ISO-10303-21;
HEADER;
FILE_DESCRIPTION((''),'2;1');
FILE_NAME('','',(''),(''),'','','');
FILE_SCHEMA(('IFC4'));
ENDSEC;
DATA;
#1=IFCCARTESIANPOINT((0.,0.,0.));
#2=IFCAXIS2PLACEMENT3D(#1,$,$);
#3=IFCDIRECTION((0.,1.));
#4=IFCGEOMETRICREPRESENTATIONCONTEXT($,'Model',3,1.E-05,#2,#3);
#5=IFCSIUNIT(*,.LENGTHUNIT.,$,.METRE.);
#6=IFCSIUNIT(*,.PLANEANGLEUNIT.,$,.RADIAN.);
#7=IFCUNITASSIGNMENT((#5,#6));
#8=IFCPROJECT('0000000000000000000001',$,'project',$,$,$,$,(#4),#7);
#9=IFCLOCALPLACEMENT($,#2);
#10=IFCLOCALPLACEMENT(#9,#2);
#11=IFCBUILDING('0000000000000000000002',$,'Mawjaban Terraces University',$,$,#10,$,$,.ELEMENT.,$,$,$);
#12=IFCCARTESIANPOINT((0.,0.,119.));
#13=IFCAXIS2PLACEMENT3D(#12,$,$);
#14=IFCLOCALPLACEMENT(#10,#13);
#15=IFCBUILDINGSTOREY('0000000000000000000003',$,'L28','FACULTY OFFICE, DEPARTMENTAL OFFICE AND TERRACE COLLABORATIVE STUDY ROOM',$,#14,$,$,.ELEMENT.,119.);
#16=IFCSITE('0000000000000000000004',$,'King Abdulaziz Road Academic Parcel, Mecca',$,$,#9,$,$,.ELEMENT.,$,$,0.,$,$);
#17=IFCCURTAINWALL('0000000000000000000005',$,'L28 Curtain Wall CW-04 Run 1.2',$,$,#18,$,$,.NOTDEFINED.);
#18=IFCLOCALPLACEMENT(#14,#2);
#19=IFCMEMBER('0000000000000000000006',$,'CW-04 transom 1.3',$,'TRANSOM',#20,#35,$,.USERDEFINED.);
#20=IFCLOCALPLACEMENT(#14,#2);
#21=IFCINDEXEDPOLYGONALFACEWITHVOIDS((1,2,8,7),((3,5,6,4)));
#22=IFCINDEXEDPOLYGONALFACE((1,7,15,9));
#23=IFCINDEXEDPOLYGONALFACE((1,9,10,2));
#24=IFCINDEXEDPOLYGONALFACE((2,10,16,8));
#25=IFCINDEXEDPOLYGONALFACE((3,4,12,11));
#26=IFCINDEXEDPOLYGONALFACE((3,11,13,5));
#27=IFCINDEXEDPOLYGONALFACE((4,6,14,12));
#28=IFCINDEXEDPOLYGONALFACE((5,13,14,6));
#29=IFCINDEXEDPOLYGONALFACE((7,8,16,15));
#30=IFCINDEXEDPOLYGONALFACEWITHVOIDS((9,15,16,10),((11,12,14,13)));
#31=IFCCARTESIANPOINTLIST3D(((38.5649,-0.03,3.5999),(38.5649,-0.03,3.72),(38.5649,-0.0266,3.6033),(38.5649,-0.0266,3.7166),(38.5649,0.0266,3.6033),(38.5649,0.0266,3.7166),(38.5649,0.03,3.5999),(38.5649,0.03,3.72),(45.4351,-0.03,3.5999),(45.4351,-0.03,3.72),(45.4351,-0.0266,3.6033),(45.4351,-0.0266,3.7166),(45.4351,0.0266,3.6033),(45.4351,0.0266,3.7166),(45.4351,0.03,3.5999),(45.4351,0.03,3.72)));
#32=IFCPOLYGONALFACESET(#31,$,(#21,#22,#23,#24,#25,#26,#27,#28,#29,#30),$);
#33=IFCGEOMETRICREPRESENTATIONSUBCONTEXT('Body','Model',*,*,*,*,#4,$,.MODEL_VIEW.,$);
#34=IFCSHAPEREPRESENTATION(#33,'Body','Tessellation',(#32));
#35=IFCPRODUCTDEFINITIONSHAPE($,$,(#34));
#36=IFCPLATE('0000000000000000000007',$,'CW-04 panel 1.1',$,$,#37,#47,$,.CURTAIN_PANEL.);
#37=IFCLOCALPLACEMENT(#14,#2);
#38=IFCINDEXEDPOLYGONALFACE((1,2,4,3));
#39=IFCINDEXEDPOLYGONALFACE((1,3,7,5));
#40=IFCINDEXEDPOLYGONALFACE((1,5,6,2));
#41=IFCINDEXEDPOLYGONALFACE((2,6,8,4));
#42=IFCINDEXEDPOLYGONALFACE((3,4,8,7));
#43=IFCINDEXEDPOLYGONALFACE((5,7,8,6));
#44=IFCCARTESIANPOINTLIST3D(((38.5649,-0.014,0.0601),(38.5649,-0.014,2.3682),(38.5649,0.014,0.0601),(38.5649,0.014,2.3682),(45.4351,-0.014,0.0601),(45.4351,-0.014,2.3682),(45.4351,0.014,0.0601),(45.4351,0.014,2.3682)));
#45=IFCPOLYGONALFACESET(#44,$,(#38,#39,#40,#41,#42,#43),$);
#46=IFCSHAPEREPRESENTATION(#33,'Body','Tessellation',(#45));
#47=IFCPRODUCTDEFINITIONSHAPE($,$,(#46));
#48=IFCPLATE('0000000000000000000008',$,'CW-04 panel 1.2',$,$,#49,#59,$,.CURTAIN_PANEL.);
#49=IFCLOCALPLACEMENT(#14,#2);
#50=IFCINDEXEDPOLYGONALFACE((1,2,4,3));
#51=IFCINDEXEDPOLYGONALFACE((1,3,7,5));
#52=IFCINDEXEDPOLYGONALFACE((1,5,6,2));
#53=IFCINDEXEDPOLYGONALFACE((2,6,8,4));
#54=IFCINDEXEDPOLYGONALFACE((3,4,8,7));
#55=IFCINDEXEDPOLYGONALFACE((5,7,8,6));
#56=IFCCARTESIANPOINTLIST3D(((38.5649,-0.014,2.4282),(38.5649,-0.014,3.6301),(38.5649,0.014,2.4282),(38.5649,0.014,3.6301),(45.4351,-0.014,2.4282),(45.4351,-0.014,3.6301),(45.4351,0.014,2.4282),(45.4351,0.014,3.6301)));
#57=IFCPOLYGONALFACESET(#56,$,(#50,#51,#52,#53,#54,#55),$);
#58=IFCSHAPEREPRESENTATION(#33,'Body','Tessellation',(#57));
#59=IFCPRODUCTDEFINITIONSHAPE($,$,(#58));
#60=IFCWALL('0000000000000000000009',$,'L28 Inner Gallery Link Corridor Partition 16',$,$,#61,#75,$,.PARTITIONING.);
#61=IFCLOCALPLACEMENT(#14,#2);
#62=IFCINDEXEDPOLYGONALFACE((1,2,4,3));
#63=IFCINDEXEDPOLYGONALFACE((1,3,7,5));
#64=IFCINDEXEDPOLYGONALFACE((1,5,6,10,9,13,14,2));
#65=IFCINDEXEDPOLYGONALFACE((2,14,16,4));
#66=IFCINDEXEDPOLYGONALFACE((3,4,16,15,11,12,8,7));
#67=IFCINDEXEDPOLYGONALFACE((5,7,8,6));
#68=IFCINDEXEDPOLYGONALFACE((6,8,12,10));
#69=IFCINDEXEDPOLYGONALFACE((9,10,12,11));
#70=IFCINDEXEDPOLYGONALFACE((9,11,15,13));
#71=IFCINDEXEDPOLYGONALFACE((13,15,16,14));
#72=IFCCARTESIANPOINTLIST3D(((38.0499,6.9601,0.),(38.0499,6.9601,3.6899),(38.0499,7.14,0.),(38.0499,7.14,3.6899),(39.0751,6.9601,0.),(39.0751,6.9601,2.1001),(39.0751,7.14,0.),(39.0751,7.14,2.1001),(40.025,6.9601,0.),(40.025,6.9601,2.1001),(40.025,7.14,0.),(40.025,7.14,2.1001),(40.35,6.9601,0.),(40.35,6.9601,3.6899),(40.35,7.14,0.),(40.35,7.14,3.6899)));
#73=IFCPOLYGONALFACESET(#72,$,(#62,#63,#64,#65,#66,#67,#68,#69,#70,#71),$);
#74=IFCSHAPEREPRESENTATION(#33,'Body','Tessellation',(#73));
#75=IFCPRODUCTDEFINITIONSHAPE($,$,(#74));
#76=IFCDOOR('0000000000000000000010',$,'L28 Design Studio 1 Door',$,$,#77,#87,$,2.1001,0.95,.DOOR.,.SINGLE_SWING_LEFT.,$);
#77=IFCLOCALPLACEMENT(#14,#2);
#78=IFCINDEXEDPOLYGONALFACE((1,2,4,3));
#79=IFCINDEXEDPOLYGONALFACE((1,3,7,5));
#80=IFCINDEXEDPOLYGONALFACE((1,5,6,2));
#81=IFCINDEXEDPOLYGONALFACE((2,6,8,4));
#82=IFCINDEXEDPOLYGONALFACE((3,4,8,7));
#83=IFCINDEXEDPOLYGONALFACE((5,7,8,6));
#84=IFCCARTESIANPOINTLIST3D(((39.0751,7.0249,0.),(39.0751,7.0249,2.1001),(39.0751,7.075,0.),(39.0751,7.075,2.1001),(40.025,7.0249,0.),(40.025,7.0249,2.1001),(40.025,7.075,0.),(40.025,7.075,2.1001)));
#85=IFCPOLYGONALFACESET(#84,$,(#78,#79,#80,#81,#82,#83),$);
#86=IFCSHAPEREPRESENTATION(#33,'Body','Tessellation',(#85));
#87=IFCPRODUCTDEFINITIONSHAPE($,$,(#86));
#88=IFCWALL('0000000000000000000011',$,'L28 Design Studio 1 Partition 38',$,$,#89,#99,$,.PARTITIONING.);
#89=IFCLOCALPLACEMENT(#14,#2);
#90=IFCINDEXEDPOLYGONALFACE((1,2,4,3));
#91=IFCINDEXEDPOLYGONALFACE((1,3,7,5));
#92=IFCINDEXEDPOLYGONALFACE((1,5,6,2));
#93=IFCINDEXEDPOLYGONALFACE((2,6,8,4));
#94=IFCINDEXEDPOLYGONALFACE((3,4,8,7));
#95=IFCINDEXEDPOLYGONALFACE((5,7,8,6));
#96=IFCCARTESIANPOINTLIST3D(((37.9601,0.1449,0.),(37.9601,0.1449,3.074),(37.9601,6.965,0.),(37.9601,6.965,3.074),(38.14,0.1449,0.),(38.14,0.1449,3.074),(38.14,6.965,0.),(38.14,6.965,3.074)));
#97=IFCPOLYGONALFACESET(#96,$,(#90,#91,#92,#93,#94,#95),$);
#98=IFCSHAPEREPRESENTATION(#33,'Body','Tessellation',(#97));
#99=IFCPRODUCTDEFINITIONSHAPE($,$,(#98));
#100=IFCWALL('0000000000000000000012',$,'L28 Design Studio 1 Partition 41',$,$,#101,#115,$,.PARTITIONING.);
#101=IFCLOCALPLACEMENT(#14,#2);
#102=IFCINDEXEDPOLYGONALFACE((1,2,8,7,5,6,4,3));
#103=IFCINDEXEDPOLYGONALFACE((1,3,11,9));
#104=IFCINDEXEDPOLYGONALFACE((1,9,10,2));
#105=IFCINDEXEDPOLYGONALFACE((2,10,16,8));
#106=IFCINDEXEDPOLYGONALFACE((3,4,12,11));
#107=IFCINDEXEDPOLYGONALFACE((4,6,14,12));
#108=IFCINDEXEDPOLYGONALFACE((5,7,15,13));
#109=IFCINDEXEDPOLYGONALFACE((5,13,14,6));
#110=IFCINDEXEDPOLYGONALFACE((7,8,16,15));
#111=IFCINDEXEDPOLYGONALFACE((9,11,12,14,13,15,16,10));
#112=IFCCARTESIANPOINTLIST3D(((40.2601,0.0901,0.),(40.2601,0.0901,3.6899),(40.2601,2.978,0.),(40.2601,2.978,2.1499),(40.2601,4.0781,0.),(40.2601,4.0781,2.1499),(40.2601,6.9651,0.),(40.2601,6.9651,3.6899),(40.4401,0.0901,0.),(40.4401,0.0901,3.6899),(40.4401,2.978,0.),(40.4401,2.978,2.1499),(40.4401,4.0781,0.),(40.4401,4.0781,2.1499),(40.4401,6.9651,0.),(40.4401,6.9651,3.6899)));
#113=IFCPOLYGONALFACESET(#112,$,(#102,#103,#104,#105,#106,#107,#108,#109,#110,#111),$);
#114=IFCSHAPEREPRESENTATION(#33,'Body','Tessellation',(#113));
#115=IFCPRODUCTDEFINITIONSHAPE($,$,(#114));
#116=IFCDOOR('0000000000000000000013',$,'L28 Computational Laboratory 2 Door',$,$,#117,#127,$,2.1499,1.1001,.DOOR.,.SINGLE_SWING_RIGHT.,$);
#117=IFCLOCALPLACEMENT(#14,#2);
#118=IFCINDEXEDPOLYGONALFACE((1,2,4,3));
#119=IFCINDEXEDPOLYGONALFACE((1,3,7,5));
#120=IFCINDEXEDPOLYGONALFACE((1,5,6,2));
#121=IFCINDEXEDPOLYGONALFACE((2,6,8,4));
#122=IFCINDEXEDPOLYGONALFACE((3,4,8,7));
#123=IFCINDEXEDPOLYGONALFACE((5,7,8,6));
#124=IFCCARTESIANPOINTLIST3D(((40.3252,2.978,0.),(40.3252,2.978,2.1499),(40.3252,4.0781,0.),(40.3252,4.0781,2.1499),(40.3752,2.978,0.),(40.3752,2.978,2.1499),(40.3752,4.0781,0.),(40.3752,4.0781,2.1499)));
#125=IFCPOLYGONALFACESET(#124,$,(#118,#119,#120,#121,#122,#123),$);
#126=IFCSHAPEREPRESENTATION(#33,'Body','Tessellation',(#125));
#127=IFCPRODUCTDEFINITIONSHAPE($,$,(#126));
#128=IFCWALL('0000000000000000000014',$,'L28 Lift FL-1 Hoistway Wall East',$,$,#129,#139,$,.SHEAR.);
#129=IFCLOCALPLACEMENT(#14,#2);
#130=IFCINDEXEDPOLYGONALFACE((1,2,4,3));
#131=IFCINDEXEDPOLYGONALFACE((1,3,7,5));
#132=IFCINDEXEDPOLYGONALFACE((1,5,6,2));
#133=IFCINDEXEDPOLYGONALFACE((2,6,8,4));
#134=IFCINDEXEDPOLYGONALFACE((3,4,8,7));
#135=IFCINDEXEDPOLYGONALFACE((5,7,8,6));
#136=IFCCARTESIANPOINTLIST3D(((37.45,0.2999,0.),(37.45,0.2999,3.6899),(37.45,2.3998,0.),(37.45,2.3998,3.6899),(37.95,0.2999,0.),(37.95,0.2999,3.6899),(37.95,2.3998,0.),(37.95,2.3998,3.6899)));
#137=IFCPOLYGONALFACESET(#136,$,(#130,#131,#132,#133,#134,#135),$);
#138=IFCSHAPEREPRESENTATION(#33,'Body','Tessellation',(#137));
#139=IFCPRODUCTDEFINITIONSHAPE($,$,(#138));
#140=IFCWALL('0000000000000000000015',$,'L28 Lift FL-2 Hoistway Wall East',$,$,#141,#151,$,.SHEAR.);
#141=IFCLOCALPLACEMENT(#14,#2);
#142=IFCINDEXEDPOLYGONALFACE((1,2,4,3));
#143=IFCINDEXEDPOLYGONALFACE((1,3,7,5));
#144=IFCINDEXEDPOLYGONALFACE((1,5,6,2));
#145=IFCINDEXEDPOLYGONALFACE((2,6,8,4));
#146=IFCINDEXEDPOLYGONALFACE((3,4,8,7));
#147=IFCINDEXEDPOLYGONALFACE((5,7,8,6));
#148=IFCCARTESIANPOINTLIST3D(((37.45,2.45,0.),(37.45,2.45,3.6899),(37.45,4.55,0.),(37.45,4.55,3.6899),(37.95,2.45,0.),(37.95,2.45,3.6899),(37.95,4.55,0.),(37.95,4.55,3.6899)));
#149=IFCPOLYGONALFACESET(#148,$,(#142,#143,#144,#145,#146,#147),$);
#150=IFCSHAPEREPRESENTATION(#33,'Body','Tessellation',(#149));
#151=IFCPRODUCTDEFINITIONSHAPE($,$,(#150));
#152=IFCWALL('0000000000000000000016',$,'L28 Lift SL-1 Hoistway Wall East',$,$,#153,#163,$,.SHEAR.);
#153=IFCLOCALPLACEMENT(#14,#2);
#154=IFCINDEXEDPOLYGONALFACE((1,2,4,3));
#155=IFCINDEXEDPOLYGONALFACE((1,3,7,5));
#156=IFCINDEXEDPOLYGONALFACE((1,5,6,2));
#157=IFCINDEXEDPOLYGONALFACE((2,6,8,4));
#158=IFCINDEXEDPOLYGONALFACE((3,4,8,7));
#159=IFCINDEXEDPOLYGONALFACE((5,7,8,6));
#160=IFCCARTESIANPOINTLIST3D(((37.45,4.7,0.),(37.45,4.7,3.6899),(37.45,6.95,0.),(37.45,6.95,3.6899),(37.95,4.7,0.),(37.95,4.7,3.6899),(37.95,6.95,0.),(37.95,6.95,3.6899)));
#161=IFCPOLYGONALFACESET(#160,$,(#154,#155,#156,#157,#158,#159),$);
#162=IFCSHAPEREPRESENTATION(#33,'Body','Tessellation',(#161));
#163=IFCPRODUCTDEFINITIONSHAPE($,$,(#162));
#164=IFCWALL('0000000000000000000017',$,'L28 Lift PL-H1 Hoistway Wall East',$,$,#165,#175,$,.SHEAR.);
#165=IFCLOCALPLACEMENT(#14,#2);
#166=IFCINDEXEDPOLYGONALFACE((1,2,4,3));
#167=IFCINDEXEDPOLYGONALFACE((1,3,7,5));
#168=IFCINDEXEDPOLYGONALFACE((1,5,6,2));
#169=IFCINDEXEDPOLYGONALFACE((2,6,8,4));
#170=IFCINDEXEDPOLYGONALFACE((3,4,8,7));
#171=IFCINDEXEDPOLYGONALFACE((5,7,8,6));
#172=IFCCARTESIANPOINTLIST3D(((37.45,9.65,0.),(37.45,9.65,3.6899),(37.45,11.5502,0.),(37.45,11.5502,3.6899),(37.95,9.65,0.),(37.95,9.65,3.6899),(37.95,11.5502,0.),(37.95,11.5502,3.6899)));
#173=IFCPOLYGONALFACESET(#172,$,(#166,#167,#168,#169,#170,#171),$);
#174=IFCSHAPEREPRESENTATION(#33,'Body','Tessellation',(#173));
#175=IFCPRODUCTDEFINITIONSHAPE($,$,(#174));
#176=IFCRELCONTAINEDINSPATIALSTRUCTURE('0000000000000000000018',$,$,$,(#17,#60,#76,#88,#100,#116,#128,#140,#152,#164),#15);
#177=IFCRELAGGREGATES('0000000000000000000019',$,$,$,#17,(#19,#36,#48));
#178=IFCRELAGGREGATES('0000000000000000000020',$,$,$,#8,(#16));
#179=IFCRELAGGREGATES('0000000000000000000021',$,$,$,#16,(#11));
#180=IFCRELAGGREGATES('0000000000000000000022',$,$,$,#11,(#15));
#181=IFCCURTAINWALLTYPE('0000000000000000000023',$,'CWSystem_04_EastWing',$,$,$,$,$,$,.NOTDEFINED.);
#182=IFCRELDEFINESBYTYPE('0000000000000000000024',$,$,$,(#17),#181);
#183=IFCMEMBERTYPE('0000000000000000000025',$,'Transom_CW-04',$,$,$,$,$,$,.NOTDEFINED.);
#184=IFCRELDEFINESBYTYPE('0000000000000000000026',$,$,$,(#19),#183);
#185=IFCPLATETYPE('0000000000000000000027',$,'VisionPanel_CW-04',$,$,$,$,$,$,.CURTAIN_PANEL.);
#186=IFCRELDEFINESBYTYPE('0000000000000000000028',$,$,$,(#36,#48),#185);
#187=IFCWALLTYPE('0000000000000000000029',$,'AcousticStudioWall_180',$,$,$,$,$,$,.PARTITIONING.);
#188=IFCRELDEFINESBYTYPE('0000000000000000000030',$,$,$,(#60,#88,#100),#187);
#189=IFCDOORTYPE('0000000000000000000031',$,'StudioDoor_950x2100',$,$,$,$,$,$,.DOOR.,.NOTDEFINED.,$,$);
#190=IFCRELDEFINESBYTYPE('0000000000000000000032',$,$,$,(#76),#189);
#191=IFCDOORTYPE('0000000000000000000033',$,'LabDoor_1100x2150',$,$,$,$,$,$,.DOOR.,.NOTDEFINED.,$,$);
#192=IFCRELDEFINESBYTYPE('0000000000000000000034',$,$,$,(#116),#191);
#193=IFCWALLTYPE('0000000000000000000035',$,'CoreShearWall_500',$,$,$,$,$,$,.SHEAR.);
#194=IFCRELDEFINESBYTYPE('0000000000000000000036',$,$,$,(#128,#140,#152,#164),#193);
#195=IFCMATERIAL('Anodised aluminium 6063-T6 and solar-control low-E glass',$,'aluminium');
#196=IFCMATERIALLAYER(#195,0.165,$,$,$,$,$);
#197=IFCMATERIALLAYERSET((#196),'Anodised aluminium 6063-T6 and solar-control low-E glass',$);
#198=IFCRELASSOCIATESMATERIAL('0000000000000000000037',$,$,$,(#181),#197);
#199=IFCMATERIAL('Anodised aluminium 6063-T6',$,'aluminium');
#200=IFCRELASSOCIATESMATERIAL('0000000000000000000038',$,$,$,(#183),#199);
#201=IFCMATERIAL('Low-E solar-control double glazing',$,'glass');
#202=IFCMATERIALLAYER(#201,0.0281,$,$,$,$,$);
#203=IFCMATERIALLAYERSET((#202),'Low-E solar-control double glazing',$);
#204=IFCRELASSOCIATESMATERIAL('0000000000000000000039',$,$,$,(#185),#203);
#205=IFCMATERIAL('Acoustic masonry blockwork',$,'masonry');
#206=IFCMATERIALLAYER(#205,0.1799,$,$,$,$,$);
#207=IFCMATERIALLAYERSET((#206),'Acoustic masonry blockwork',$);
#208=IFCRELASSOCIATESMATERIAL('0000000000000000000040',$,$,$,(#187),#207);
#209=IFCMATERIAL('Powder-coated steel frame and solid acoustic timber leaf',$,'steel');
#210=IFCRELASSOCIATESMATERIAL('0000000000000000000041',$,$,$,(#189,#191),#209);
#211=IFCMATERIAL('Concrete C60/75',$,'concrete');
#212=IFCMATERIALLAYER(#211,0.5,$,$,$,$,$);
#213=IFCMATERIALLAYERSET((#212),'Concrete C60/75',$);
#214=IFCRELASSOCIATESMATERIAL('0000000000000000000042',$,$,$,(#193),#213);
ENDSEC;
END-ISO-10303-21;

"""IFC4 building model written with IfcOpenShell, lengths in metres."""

from ifc_helpers import new_model, si_unit, direction, frame, frame_2d, origin, origin_2d, place, context, subcontext, project, spatial, rectangle, hollow_rectangle, extrude, material, layer, layer_set, material_profile, profile_set, type_object, element, fill, aggregate, save


model = new_model("IFC4")

# Units and contexts
model_context = context("Model", 3, precision=1e-05, world=origin(), true_north=direction((0.0, 1.0)))
body_context = subcontext(model_context, "Body", "Model", "MODEL_VIEW")
ifc_project = project(units=[si_unit("LENGTHUNIT", "METRE"), si_unit("PLANEANGLEUNIT", "RADIAN")], contexts=[model_context])

# Site, building, storey
site_placement = place(None, origin())
site = spatial("IfcSite", under=ifc_project, at=site_placement, Name="King Abdulaziz Road Academic Parcel, Mecca", CompositionType="ELEMENT", RefElevation=0.0)
building_placement = place(site_placement, origin())
building = spatial("IfcBuilding", under=site, at=building_placement, Name="Mawjaban Terraces University", CompositionType="ELEMENT")
storey_placement = place(building_placement, frame((0.0, 0.0, 119.0)))
storey = spatial("IfcBuildingStorey", under=building, at=storey_placement, Name="L28", Description="FACULTY OFFICE, DEPARTMENTAL OFFICE AND TERRACE COLLABORATIVE STUDY ROOM", CompositionType="ELEMENT", Elevation=119.0)

# Curtain wall, member, plates
ifc_material_1 = material(Name="Anodised aluminium 6063-T6 and solar-control low-E glass", Category="aluminium")
ifc_layer_1 = layer(ifc_material_1, 0.165)
ifc_layer_set_1 = layer_set([ifc_layer_1], Name="Anodised aluminium 6063-T6 and solar-control low-E glass")
curtain_wall_type = type_object("IfcCurtainWallType", Name="CWSystem_04_EastWing", PredefinedType="NOTDEFINED", material=ifc_layer_set_1)
curtain_wall_placement = place(storey_placement, origin())
curtain_wall = element("IfcCurtainWall", 1, at=curtain_wall_placement, inside=storey, type_object=curtain_wall_type, Name="L28 Curtain Wall CW-04 Run 1.2", PredefinedType="NOTDEFINED")
ifc_material_2 = material(Name="Anodised aluminium 6063-T6", Category="aluminium")
ifc_material_profile_1 = material_profile(ifc_material_2, hollow_rectangle(XDim=0.0601, YDim=0.1201, WallThickness=0.0034, at=origin_2d()), Name="ALU120X60X3.5")
ifc_profile_set_1 = profile_set([ifc_material_profile_1], Name="Anodised aluminium 6063-T6")
member_type_1 = type_object("IfcMemberType", Name="Transom_CW-04", PredefinedType="NOTDEFINED", material=ifc_profile_set_1)
member_1_placement = place(storey_placement, frame((38.5649, 0.0, 3.6599), z_axis=(1.0, 0.0, 0.0), x_axis=(0.0, 1.0, 0.0)))
member_1 = element("IfcMember", 2, at=member_1_placement, type_object=member_type_1, Name="CW-04 transom 1.3", ObjectType="TRANSOM", PredefinedType="USERDEFINED", context=body_context, shape_type="SweptSolid", body=[
    extrude(hollow_rectangle(XDim=0.0601, YDim=0.1201, WallThickness=0.0034, at=origin_2d()), origin(), (0.0, 0.0, 1.0), 6.8701),
])
ifc_material_3 = material(Name="Low-E solar-control double glazing", Category="glass")
ifc_layer_2 = layer(ifc_material_3, 0.0281)
ifc_layer_set_2 = layer_set([ifc_layer_2], Name="Low-E solar-control double glazing")
plate_type = type_object("IfcPlateType", Name="VisionPanel_CW-04", PredefinedType="CURTAIN_PANEL", material=ifc_layer_set_2)
plate_1_placement = place(storey_placement, frame((42.0, 0.0, 0.0601), z_axis=(0.0, 0.0, 1.0), x_axis=(1.0, 0.0, 0.0)))
plate_1 = element("IfcPlate", 3, at=plate_1_placement, type_object=plate_type, Name="CW-04 panel 1.1", PredefinedType="CURTAIN_PANEL", context=body_context, shape_type="SweptSolid", body=[
    extrude(rectangle(XDim=6.8701, YDim=0.0281, at=origin_2d()), origin(), (0.0, 0.0, 1.0), 2.3081),
])
plate_2_placement = place(storey_placement, frame((42.0, 0.0, 2.4282), z_axis=(0.0, 0.0, 1.0), x_axis=(1.0, 0.0, 0.0)))
plate_2 = element("IfcPlate", 4, at=plate_2_placement, type_object=plate_type, Name="CW-04 panel 1.2", PredefinedType="CURTAIN_PANEL", context=body_context, shape_type="SweptSolid", body=[
    extrude(rectangle(XDim=6.8701, YDim=0.0281, at=origin_2d()), origin(), (0.0, 0.0, 1.0), 1.2019),
])
aggregate(curtain_wall, [member_1, plate_1, plate_2])

# Wall, opening, door
ifc_material_4 = material(Name="Acoustic masonry blockwork", Category="masonry")
ifc_layer_3 = layer(ifc_material_4, 0.1799)
ifc_layer_set_3 = layer_set([ifc_layer_3], Name="Acoustic masonry blockwork")
wall_type_1 = type_object("IfcWallType", Name="AcousticStudioWall_180", PredefinedType="PARTITIONING", material=ifc_layer_set_3)
wall_1_placement = place(storey_placement, frame((38.05, 7.05, 0.0), z_axis=(0.0, 0.0, 1.0), x_axis=(1.0, 0.0, 0.0)))
wall_1 = element("IfcWall", 5, at=wall_1_placement, inside=storey, type_object=wall_type_1, Name="L28 Inner Gallery Link Corridor Partition 16", PredefinedType="PARTITIONING", context=body_context, shape_type="SweptSolid", body=[
    extrude(rectangle(XDim=2.3, YDim=0.1799, at=frame_2d((1.1499, 0.0))), origin(), (0.0, 0.0, 1.0), 3.6899),
])
opening_1_placement = place(wall_1_placement, frame((1.0249, 0.0, 0.0)))
opening_1 = element("IfcOpeningElement", 6, at=opening_1_placement, cuts=wall_1, PredefinedType="OPENING", context=body_context, shape_type="SweptSolid", body=[
    extrude(rectangle(XDim=0.95, YDim=2.1001, at=frame_2d((0.4751, 1.05))), frame((0.0, 0.0999, 0.0), z_axis=(0.0, -1.0, 0.0), x_axis=(1.0, 0.0, 0.0)), (0.0, 0.0, 1.0), 0.2),
])
ifc_material_5 = material(Name="Powder-coated steel frame and solid acoustic timber leaf", Category="steel")
door_type_1 = type_object("IfcDoorType", Name="StudioDoor_950x2100", OperationType="NOTDEFINED", PredefinedType="DOOR", material=ifc_material_5)
door_1_placement = place(opening_1_placement, origin())
door_1 = element("IfcDoor", 7, at=door_1_placement, inside=storey, type_object=door_type_1, Name="L28 Design Studio 1 Door", OperationType="SINGLE_SWING_LEFT", OverallHeight=2.1001, OverallWidth=0.95, PredefinedType="DOOR", context=body_context, shape_type="SweptSolid", body=[
    extrude(rectangle(XDim=0.95, YDim=2.1001, at=frame_2d((0.4751, 1.05))), frame((0.0, 0.0249, 0.0), z_axis=(0.0, -1.0, 0.0), x_axis=(1.0, 0.0, 0.0)), (0.0, 0.0, 1.0), 0.05),
])
fill(opening_1, door_1)

# Wall
wall_2_placement = place(storey_placement, frame((38.05, 6.9651, 0.0), z_axis=(0.0, 0.0, 1.0), x_axis=(0.0, -1.0, 0.0)))
element("IfcWall", 8, at=wall_2_placement, inside=storey, type_object=wall_type_1, Name="L28 Design Studio 1 Partition 38", PredefinedType="PARTITIONING", context=body_context, shape_type="SweptSolid", body=[
    extrude(rectangle(XDim=6.8201, YDim=0.1799, at=frame_2d((3.4102, 0.0))), origin(), (0.0, 0.0, 1.0), 3.074),
])

# Wall, opening, door
wall_3_placement = place(storey_placement, frame((40.3501, 0.0901, 0.0), z_axis=(0.0, 0.0, 1.0), x_axis=(0.0, 1.0, 0.0)))
wall_3 = element("IfcWall", 9, at=wall_3_placement, inside=storey, type_object=wall_type_1, Name="L28 Design Studio 1 Partition 41", PredefinedType="PARTITIONING", context=body_context, shape_type="SweptSolid", body=[
    extrude(rectangle(XDim=6.875, YDim=0.1799, at=frame_2d((3.4375, 0.0))), origin(), (0.0, 0.0, 1.0), 3.6899),
])
opening_2_placement = place(wall_3_placement, frame((2.8879, 0.0, 0.0)))
opening_2 = element("IfcOpeningElement", 10, at=opening_2_placement, cuts=wall_3, PredefinedType="OPENING", context=body_context, shape_type="SweptSolid", body=[
    extrude(rectangle(XDim=1.1001, YDim=2.1499, at=frame_2d((0.55, 1.075))), frame((0.0, 0.0999, 0.0), z_axis=(0.0, -1.0, 0.0), x_axis=(1.0, 0.0, 0.0)), (0.0, 0.0, 1.0), 0.2),
])
door_type_2 = type_object("IfcDoorType", Name="LabDoor_1100x2150", OperationType="NOTDEFINED", PredefinedType="DOOR", material=ifc_material_5)
door_2_placement = place(opening_2_placement, origin())
door_2 = element("IfcDoor", 11, at=door_2_placement, inside=storey, type_object=door_type_2, Name="L28 Computational Laboratory 2 Door", OperationType="SINGLE_SWING_RIGHT", OverallHeight=2.1499, OverallWidth=1.1001, PredefinedType="DOOR", context=body_context, shape_type="SweptSolid", body=[
    extrude(rectangle(XDim=1.1001, YDim=2.1499, at=frame_2d((0.55, 1.075))), frame((0.0, 0.0249, 0.0), z_axis=(0.0, -1.0, 0.0), x_axis=(1.0, 0.0, 0.0)), (0.0, 0.0, 1.0), 0.05),
])
fill(opening_2, door_2)

# Walls
ifc_material_6 = material(Name="Concrete C60/75", Category="concrete")
ifc_layer_4 = layer(ifc_material_6, 0.5)
ifc_layer_set_4 = layer_set([ifc_layer_4], Name="Concrete C60/75")
wall_type_2 = type_object("IfcWallType", Name="CoreShearWall_500", PredefinedType="SHEAR", material=ifc_layer_set_4)
wall_4_placement = place(storey_placement, frame((37.7, 0.3, 0.0), z_axis=(0.0, 0.0, 1.0), x_axis=(0.0, 1.0, 0.0)))
element("IfcWall", 12, at=wall_4_placement, inside=storey, type_object=wall_type_2, Name="L28 Lift FL-1 Hoistway Wall East", PredefinedType="SHEAR", context=body_context, shape_type="SweptSolid", body=[
    extrude(rectangle(XDim=2.0999, YDim=0.5, at=frame_2d((1.0498, 0.0))), origin(), (0.0, 0.0, 1.0), 3.6899),
])
wall_5_placement = place(storey_placement, frame((37.7, 2.45, 0.0), z_axis=(0.0, 0.0, 1.0), x_axis=(0.0, 1.0, 0.0)))
element("IfcWall", 13, at=wall_5_placement, inside=storey, type_object=wall_type_2, Name="L28 Lift FL-2 Hoistway Wall East", PredefinedType="SHEAR", context=body_context, shape_type="SweptSolid", body=[
    extrude(rectangle(XDim=2.1001, YDim=0.5, at=frame_2d((1.05, 0.0))), origin(), (0.0, 0.0, 1.0), 3.6899),
])
wall_6_placement = place(storey_placement, frame((37.7, 4.7, 0.0), z_axis=(0.0, 0.0, 1.0), x_axis=(0.0, 1.0, 0.0)))
element("IfcWall", 14, at=wall_6_placement, inside=storey, type_object=wall_type_2, Name="L28 Lift SL-1 Hoistway Wall East", PredefinedType="SHEAR", context=body_context, shape_type="SweptSolid", body=[
    extrude(rectangle(XDim=2.25, YDim=0.5, at=frame_2d((1.125, 0.0))), origin(), (0.0, 0.0, 1.0), 3.6899),
])
wall_7_placement = place(storey_placement, frame((37.7, 9.6499, 0.0), z_axis=(0.0, 0.0, 1.0), x_axis=(0.0, 1.0, 0.0)))
element("IfcWall", 15, at=wall_7_placement, inside=storey, type_object=wall_type_2, Name="L28 Lift PL-H1 Hoistway Wall East", PredefinedType="SHEAR", context=body_context, shape_type="SweptSolid", body=[
    extrude(rectangle(XDim=1.9001, YDim=0.5, at=frame_2d((0.9502, 0.0))), origin(), (0.0, 0.0, 1.0), 3.6899),
])

save(model, "model.ifc")
